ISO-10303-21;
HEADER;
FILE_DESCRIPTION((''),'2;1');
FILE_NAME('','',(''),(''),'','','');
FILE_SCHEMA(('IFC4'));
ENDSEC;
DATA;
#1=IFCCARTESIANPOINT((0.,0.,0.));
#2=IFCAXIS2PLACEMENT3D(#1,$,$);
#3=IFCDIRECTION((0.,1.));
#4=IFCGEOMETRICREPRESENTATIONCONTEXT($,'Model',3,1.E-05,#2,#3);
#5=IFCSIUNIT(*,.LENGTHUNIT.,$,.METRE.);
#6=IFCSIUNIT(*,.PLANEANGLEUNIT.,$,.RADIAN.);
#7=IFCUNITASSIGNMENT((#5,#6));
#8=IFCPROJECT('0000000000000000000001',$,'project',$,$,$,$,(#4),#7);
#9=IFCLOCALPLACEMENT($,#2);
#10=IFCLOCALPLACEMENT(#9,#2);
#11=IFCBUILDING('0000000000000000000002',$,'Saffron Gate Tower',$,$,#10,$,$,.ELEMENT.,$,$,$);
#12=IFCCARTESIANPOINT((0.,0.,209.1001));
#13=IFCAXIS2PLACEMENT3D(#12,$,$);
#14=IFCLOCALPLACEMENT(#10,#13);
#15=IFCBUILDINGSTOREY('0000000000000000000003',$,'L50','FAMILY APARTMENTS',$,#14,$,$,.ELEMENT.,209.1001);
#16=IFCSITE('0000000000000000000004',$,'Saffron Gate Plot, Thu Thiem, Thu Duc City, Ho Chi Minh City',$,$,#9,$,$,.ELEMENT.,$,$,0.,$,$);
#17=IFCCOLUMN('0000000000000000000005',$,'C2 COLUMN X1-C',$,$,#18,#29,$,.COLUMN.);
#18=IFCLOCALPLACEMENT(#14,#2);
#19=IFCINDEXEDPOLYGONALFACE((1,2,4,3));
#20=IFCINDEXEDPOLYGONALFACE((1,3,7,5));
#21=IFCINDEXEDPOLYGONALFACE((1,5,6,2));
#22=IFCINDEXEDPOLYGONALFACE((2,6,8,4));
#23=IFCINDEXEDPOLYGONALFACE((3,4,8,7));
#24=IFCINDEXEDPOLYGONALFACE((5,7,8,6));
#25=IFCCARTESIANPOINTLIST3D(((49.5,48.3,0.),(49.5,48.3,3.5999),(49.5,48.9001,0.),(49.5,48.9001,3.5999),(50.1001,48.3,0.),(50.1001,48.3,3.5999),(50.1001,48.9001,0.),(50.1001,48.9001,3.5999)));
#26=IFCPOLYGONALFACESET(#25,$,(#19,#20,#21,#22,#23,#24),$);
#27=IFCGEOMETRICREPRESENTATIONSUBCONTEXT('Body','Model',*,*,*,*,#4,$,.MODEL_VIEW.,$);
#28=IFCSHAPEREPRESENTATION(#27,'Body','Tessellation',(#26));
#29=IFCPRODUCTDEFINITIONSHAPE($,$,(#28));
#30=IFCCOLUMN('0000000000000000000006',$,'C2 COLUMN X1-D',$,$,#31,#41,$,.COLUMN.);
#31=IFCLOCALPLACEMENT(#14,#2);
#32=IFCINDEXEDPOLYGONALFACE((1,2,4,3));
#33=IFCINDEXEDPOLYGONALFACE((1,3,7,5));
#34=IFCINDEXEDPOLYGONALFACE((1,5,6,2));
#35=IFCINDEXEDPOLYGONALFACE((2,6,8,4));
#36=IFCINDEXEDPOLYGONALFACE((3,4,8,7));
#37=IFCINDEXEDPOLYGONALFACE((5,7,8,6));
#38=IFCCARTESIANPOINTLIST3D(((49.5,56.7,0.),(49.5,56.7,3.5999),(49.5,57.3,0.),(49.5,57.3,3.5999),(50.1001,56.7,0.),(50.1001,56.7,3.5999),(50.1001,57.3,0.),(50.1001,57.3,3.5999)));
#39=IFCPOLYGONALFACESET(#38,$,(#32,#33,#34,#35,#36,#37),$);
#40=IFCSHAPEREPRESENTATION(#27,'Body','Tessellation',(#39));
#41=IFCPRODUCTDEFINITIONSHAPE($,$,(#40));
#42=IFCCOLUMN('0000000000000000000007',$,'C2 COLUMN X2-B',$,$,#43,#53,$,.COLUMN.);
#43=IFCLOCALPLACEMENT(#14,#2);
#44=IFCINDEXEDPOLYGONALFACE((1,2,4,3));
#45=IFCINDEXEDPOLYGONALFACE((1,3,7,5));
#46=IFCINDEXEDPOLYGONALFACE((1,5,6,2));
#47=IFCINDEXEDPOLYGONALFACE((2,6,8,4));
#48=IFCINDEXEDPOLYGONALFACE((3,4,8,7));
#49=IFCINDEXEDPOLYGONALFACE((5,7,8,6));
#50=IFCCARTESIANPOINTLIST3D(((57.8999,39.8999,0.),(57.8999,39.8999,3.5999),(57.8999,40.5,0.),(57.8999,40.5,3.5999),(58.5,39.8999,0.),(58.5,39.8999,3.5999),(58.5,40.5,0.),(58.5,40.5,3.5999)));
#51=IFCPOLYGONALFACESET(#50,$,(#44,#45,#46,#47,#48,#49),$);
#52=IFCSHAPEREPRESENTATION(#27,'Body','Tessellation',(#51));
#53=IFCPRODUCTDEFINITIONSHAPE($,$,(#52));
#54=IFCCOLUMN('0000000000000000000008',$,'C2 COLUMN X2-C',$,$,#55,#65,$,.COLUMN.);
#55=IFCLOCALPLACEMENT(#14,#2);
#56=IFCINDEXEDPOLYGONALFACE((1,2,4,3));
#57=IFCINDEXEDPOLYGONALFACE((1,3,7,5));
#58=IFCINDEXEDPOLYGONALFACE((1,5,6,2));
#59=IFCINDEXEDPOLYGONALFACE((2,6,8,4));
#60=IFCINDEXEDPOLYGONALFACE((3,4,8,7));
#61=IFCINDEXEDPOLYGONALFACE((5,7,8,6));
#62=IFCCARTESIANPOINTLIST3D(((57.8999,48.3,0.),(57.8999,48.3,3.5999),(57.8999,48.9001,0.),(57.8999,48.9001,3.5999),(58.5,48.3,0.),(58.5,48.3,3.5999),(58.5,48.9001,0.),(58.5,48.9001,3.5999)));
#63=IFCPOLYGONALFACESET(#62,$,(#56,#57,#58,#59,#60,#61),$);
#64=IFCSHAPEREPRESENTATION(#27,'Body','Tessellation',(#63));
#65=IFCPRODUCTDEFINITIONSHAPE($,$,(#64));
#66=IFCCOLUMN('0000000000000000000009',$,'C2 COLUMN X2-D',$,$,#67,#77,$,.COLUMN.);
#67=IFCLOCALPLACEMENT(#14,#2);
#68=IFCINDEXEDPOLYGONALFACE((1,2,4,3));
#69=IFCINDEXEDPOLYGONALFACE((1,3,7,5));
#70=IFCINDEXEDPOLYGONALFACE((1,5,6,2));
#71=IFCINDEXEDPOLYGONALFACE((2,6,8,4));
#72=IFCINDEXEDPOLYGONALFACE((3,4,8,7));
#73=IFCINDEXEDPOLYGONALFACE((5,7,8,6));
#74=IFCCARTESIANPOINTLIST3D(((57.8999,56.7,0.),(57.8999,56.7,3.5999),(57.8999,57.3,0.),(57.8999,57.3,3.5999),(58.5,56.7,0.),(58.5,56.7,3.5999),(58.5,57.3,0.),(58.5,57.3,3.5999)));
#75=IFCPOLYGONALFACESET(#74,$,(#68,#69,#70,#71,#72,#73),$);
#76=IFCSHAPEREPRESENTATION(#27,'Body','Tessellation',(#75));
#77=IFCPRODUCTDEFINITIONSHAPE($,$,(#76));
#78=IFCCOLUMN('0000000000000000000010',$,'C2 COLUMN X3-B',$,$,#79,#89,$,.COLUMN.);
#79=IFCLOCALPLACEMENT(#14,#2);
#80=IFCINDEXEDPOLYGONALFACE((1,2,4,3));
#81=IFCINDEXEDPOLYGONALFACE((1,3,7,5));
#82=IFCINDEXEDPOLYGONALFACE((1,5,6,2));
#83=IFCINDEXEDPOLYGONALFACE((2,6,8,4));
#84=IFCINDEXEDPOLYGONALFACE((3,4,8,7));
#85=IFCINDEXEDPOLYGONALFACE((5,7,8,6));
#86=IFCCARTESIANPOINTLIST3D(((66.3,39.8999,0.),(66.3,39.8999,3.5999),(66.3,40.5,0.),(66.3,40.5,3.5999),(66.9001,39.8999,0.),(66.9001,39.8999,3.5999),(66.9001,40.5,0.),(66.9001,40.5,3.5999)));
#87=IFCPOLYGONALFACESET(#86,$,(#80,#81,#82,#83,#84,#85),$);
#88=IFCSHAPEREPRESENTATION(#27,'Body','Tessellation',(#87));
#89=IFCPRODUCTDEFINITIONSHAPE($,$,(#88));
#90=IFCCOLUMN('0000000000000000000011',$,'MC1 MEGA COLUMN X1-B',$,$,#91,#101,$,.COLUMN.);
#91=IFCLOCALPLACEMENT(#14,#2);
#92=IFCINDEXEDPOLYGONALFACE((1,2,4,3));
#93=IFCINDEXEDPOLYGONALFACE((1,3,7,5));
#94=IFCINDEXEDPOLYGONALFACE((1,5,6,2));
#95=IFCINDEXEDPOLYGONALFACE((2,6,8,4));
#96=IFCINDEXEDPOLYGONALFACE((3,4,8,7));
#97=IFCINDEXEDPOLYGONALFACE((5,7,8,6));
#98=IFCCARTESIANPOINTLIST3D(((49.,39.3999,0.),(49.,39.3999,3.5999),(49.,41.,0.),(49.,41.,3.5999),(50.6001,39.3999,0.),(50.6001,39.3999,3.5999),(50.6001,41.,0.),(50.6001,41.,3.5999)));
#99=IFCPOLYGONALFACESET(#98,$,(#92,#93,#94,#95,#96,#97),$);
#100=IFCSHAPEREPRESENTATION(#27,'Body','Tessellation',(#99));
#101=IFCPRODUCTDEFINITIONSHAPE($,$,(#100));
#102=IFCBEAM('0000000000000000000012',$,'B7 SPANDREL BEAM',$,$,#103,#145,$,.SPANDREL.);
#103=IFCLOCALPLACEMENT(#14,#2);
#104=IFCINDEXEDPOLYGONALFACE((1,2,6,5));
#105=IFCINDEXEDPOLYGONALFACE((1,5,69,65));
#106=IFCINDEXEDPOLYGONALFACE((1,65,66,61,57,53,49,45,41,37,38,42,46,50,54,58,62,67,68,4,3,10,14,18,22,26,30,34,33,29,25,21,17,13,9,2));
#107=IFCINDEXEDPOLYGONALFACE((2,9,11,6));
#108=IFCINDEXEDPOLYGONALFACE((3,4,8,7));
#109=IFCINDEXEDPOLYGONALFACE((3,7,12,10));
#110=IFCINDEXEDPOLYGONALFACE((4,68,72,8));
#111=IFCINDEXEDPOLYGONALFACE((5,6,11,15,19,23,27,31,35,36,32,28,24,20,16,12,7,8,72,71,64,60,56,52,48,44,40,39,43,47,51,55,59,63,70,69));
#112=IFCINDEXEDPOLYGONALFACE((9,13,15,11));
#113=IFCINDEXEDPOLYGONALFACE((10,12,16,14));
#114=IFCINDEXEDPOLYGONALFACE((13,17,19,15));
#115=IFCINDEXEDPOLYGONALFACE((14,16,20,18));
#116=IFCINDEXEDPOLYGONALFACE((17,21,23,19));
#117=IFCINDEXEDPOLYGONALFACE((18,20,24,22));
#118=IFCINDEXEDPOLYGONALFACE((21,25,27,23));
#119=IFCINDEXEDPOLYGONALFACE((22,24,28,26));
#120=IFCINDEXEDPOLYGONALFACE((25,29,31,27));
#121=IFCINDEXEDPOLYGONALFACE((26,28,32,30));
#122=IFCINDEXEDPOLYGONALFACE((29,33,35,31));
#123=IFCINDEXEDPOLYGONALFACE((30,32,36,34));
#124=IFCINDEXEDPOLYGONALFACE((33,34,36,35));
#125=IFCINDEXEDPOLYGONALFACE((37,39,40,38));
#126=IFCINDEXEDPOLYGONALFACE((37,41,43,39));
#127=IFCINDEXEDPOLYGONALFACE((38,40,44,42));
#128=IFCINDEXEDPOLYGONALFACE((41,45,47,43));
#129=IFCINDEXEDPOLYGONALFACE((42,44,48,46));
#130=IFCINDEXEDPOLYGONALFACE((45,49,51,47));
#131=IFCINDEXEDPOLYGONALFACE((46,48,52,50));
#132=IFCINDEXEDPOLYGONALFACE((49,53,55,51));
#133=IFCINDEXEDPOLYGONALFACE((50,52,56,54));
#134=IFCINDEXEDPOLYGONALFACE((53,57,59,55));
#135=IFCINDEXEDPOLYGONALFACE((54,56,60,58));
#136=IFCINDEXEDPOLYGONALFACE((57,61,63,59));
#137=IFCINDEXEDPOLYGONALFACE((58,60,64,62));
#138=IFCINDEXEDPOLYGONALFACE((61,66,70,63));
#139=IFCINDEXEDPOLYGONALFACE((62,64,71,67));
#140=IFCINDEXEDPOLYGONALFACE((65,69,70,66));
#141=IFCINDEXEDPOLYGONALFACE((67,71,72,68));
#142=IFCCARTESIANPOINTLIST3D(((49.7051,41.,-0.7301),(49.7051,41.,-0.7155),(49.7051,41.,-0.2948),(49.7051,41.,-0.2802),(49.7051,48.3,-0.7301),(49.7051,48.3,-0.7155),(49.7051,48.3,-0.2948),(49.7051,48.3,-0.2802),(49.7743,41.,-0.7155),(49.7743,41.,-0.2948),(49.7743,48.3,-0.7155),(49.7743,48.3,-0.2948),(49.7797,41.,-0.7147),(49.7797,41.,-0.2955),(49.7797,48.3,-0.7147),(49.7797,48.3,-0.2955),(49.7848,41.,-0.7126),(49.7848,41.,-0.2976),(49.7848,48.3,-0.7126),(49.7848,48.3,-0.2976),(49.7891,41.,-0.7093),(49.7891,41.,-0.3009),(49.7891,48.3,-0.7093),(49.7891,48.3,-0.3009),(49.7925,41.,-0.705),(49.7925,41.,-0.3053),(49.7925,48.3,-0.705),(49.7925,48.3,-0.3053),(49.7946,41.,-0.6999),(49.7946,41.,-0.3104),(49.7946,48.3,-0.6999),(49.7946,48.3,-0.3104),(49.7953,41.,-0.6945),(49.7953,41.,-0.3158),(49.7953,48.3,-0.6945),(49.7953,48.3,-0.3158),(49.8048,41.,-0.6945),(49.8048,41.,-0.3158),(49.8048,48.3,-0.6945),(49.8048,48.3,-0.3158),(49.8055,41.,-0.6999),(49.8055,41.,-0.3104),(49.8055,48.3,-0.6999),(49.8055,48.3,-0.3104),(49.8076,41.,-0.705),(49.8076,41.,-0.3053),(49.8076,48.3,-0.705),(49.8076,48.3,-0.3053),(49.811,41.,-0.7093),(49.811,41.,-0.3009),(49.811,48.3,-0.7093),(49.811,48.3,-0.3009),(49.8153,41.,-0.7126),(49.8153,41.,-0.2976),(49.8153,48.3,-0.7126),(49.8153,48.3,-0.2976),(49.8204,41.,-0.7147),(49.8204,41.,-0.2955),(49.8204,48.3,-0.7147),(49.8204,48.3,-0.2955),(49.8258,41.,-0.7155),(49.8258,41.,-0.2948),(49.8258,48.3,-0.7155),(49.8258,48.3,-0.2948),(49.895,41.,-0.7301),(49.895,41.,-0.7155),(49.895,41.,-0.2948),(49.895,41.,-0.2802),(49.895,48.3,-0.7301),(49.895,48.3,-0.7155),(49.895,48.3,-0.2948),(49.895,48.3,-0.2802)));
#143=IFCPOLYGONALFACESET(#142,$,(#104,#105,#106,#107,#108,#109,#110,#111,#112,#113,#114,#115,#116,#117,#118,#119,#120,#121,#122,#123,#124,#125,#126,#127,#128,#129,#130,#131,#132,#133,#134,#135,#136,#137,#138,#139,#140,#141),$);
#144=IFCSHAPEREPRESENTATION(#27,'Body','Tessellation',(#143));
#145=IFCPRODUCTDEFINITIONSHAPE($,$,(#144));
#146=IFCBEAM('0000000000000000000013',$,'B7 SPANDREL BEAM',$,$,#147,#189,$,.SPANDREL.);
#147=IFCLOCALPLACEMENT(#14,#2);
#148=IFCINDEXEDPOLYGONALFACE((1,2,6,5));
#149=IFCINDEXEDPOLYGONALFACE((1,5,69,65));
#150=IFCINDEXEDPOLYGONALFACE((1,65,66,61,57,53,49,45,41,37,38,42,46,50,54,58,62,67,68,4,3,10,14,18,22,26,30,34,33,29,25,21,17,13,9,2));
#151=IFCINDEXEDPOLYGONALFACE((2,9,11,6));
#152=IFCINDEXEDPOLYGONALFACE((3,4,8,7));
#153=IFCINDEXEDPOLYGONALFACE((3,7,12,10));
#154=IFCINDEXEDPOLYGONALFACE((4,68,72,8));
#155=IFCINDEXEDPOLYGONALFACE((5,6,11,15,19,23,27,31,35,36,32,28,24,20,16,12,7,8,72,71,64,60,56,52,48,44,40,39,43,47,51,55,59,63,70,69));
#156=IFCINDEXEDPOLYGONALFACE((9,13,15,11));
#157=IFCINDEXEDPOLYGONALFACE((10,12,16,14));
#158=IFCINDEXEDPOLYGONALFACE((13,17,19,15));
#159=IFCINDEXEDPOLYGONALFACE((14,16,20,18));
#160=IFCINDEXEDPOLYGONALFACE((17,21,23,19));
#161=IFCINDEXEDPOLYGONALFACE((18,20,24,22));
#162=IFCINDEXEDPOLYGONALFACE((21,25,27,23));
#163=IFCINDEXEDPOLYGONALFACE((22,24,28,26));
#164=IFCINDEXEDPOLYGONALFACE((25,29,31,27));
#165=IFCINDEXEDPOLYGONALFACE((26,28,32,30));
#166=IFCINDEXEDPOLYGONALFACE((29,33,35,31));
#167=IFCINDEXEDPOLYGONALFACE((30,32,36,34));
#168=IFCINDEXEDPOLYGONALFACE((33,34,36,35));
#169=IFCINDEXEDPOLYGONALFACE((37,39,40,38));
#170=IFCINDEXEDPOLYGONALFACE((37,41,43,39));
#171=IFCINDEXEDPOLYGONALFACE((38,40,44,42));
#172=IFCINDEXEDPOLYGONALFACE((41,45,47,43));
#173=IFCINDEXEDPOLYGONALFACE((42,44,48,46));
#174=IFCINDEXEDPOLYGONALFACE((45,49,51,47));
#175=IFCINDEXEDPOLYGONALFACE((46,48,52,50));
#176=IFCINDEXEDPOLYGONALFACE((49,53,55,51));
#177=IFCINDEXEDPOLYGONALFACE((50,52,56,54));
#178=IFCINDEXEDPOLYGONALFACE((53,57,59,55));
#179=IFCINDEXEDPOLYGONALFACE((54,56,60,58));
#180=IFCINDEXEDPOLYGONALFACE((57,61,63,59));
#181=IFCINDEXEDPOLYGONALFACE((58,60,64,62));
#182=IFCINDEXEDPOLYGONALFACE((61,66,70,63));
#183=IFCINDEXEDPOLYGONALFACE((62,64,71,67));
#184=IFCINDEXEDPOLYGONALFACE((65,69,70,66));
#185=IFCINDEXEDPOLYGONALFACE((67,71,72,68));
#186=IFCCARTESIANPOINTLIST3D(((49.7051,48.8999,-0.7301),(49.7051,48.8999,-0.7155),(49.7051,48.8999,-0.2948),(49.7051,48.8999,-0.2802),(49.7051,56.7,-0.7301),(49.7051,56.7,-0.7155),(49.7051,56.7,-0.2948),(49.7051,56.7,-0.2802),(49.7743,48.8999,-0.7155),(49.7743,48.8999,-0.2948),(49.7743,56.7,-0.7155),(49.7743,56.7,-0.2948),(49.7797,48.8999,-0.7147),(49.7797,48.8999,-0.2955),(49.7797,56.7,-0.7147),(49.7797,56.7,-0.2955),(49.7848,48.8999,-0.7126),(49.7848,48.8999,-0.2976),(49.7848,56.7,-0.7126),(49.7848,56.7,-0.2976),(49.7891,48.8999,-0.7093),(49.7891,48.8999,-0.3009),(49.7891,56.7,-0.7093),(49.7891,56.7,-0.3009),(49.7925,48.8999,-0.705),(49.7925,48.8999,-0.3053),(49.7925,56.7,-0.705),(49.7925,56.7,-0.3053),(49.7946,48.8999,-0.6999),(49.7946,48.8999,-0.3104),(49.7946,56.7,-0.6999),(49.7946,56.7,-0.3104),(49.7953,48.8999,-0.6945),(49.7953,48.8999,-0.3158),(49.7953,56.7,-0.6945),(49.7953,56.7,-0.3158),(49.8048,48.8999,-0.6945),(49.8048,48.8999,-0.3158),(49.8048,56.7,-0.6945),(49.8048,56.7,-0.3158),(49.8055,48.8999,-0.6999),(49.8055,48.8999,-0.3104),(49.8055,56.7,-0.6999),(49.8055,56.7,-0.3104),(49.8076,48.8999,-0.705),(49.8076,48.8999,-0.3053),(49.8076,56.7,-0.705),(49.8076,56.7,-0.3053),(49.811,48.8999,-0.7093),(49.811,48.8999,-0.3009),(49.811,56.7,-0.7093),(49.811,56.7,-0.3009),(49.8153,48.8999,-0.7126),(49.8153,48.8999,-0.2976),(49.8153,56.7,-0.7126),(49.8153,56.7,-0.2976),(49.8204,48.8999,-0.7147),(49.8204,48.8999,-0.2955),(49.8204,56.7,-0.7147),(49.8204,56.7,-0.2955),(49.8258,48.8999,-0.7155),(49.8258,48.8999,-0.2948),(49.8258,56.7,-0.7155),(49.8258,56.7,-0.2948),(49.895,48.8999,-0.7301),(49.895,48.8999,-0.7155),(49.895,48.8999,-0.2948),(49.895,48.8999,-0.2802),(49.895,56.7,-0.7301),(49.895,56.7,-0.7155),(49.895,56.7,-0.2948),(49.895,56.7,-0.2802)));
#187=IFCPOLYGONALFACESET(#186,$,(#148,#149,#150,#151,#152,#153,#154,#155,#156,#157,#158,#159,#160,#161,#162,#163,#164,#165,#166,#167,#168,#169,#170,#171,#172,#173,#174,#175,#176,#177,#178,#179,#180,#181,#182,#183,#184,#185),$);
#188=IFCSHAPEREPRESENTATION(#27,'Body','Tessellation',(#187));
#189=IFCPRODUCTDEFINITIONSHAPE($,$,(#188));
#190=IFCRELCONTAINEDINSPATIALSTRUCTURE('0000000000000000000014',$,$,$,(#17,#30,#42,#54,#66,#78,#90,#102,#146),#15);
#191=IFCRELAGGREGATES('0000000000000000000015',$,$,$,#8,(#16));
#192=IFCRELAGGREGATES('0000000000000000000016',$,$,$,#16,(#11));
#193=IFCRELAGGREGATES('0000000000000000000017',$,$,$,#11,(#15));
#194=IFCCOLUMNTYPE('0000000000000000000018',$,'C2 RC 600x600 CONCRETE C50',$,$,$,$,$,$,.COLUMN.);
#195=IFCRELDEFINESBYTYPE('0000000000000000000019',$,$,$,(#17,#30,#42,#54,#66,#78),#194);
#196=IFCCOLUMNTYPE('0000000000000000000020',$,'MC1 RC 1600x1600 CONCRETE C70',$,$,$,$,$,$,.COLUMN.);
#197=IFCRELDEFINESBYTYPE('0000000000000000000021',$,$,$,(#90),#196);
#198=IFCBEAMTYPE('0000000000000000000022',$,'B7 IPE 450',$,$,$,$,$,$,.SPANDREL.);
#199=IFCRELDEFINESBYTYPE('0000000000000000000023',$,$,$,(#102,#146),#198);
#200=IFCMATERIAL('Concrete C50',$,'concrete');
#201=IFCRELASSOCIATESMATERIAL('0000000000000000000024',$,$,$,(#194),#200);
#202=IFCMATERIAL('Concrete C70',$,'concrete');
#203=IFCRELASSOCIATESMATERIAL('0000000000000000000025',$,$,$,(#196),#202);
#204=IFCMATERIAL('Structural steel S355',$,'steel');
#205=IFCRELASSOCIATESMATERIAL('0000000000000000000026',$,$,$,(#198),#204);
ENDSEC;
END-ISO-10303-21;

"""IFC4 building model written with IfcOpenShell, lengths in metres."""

from ifc_helpers import new_model, si_unit, direction, frame, origin, origin_2d, place, context, subcontext, project, spatial, rectangle, i_section, extrude, material, material_profile, profile_set, type_object, element, save


model = new_model("IFC4")

# Units and contexts
model_context = context("Model", 3, precision=1e-05, world=origin(), true_north=direction((0.0, 1.0)))
body_context = subcontext(model_context, "Body", "Model", "MODEL_VIEW")
ifc_project = project(units=[si_unit("LENGTHUNIT", "METRE"), si_unit("PLANEANGLEUNIT", "RADIAN")], contexts=[model_context])

# Site, building, storey
site_placement = place(None, origin())
site = spatial("IfcSite", under=ifc_project, at=site_placement, Name="Saffron Gate Plot, Thu Thiem, Thu Duc City, Ho Chi Minh City", CompositionType="ELEMENT", RefElevation=0.0)
building_placement = place(site_placement, origin())
building = spatial("IfcBuilding", under=site, at=building_placement, Name="Saffron Gate Tower", CompositionType="ELEMENT")
storey_placement = place(building_placement, frame((0.0, 0.0, 209.1001)))
storey = spatial("IfcBuildingStorey", under=building, at=storey_placement, Name="L50", Description="FAMILY APARTMENTS", CompositionType="ELEMENT", Elevation=209.1001)

# Columns
ifc_material_1 = material(Name="Concrete C50", Category="concrete")
ifc_material_profile_1 = material_profile(ifc_material_1, rectangle(XDim=0.6001, YDim=0.6001, at=origin_2d()))
ifc_profile_set_1 = profile_set([ifc_material_profile_1], Name="Concrete C50")
column_type_1 = type_object("IfcColumnType", Name="C2 RC 600x600 CONCRETE C50", PredefinedType="COLUMN", material=ifc_profile_set_1)
for number, where, z_axis, x_axis, name in (
    (1, (49.8, 48.6001, 0.0), (0.0, 0.0, 1.0), (1.0, 0.0, 0.0), "C2 COLUMN X1-C"),
    (2, (49.8, 57.0, 0.0), (0.0, 0.0, 1.0), (1.0, 0.0, 0.0), "C2 COLUMN X1-D"),
    (3, (58.2, 40.2, 0.0), (0.0, 0.0, 1.0), (1.0, 0.0, 0.0), "C2 COLUMN X2-B"),
    (4, (58.2, 48.6001, 0.0), (0.0, 0.0, 1.0), (1.0, 0.0, 0.0), "C2 COLUMN X2-C"),
    (5, (58.2, 57.0, 0.0), (0.0, 0.0, 1.0), (1.0, 0.0, 0.0), "C2 COLUMN X2-D"),
    (6, (66.6001, 40.2, 0.0), (0.0, 0.0, 1.0), (1.0, 0.0, 0.0), "C2 COLUMN X3-B"),
):
    element("IfcColumn", number, at=place(storey_placement, frame(where, z_axis=z_axis, x_axis=x_axis)), inside=storey, type_object=column_type_1, Name=name, PredefinedType="COLUMN", context=body_context, shape_type="SweptSolid", body=[
        extrude(rectangle(XDim=0.6001, YDim=0.6001, at=origin_2d()), origin(), (0.0, 0.0, 1.0), 3.5999),
    ])
ifc_material_2 = material(Name="Concrete C70", Category="concrete")
ifc_material_profile_2 = material_profile(ifc_material_2, rectangle(XDim=1.6001, YDim=1.6001, at=origin_2d()))
ifc_profile_set_2 = profile_set([ifc_material_profile_2], Name="Concrete C70")
column_type_2 = type_object("IfcColumnType", Name="MC1 RC 1600x1600 CONCRETE C70", PredefinedType="COLUMN", material=ifc_profile_set_2)
column_placement = place(storey_placement, frame((49.8, 40.2, 0.0), z_axis=(0.0, 0.0, 1.0), x_axis=(1.0, 0.0, 0.0)))
element("IfcColumn", 7, at=column_placement, inside=storey, type_object=column_type_2, Name="MC1 MEGA COLUMN X1-B", PredefinedType="COLUMN", context=body_context, shape_type="SweptSolid", body=[
    extrude(rectangle(XDim=1.6001, YDim=1.6001, at=origin_2d()), origin(), (0.0, 0.0, 1.0), 3.5999),
])

# Beams
ifc_material_3 = material(Name="Structural steel S355", Category="steel")
ifc_material_profile_3 = material_profile(ifc_material_3, i_section(OverallWidth=0.1899, OverallDepth=0.45, WebThickness=0.0095, FlangeThickness=0.0146, FilletRadius=0.021, at=origin_2d()))
ifc_profile_set_3 = profile_set([ifc_material_profile_3], Name="Structural steel S355")
beam_type = type_object("IfcBeamType", Name="B7 IPE 450", PredefinedType="SPANDREL", material=ifc_profile_set_3)
beam_1_placement = place(storey_placement, frame((49.8, 41.0, -0.5051), z_axis=(0.0, 1.0, 0.0), x_axis=(-1.0, 0.0, 0.0)))
element("IfcBeam", 8, at=beam_1_placement, inside=storey, type_object=beam_type, Name="B7 SPANDREL BEAM", PredefinedType="SPANDREL", context=body_context, shape_type="SweptSolid", body=[
    extrude(i_section(OverallWidth=0.1899, OverallDepth=0.45, WebThickness=0.0095, FlangeThickness=0.0146, FilletRadius=0.021, at=origin_2d()), origin(), (0.0, 0.0, 1.0), 7.3),
])
beam_2_placement = place(storey_placement, frame((49.8, 48.8999, -0.5051), z_axis=(0.0, 1.0, 0.0), x_axis=(-1.0, 0.0, 0.0)))
element("IfcBeam", 9, at=beam_2_placement, inside=storey, type_object=beam_type, Name="B7 SPANDREL BEAM", PredefinedType="SPANDREL", context=body_context, shape_type="SweptSolid", body=[
    extrude(i_section(OverallWidth=0.1899, OverallDepth=0.45, WebThickness=0.0095, FlangeThickness=0.0146, FilletRadius=0.021, at=origin_2d()), origin(), (0.0, 0.0, 1.0), 7.8),
])

save(model, "model.ifc")
